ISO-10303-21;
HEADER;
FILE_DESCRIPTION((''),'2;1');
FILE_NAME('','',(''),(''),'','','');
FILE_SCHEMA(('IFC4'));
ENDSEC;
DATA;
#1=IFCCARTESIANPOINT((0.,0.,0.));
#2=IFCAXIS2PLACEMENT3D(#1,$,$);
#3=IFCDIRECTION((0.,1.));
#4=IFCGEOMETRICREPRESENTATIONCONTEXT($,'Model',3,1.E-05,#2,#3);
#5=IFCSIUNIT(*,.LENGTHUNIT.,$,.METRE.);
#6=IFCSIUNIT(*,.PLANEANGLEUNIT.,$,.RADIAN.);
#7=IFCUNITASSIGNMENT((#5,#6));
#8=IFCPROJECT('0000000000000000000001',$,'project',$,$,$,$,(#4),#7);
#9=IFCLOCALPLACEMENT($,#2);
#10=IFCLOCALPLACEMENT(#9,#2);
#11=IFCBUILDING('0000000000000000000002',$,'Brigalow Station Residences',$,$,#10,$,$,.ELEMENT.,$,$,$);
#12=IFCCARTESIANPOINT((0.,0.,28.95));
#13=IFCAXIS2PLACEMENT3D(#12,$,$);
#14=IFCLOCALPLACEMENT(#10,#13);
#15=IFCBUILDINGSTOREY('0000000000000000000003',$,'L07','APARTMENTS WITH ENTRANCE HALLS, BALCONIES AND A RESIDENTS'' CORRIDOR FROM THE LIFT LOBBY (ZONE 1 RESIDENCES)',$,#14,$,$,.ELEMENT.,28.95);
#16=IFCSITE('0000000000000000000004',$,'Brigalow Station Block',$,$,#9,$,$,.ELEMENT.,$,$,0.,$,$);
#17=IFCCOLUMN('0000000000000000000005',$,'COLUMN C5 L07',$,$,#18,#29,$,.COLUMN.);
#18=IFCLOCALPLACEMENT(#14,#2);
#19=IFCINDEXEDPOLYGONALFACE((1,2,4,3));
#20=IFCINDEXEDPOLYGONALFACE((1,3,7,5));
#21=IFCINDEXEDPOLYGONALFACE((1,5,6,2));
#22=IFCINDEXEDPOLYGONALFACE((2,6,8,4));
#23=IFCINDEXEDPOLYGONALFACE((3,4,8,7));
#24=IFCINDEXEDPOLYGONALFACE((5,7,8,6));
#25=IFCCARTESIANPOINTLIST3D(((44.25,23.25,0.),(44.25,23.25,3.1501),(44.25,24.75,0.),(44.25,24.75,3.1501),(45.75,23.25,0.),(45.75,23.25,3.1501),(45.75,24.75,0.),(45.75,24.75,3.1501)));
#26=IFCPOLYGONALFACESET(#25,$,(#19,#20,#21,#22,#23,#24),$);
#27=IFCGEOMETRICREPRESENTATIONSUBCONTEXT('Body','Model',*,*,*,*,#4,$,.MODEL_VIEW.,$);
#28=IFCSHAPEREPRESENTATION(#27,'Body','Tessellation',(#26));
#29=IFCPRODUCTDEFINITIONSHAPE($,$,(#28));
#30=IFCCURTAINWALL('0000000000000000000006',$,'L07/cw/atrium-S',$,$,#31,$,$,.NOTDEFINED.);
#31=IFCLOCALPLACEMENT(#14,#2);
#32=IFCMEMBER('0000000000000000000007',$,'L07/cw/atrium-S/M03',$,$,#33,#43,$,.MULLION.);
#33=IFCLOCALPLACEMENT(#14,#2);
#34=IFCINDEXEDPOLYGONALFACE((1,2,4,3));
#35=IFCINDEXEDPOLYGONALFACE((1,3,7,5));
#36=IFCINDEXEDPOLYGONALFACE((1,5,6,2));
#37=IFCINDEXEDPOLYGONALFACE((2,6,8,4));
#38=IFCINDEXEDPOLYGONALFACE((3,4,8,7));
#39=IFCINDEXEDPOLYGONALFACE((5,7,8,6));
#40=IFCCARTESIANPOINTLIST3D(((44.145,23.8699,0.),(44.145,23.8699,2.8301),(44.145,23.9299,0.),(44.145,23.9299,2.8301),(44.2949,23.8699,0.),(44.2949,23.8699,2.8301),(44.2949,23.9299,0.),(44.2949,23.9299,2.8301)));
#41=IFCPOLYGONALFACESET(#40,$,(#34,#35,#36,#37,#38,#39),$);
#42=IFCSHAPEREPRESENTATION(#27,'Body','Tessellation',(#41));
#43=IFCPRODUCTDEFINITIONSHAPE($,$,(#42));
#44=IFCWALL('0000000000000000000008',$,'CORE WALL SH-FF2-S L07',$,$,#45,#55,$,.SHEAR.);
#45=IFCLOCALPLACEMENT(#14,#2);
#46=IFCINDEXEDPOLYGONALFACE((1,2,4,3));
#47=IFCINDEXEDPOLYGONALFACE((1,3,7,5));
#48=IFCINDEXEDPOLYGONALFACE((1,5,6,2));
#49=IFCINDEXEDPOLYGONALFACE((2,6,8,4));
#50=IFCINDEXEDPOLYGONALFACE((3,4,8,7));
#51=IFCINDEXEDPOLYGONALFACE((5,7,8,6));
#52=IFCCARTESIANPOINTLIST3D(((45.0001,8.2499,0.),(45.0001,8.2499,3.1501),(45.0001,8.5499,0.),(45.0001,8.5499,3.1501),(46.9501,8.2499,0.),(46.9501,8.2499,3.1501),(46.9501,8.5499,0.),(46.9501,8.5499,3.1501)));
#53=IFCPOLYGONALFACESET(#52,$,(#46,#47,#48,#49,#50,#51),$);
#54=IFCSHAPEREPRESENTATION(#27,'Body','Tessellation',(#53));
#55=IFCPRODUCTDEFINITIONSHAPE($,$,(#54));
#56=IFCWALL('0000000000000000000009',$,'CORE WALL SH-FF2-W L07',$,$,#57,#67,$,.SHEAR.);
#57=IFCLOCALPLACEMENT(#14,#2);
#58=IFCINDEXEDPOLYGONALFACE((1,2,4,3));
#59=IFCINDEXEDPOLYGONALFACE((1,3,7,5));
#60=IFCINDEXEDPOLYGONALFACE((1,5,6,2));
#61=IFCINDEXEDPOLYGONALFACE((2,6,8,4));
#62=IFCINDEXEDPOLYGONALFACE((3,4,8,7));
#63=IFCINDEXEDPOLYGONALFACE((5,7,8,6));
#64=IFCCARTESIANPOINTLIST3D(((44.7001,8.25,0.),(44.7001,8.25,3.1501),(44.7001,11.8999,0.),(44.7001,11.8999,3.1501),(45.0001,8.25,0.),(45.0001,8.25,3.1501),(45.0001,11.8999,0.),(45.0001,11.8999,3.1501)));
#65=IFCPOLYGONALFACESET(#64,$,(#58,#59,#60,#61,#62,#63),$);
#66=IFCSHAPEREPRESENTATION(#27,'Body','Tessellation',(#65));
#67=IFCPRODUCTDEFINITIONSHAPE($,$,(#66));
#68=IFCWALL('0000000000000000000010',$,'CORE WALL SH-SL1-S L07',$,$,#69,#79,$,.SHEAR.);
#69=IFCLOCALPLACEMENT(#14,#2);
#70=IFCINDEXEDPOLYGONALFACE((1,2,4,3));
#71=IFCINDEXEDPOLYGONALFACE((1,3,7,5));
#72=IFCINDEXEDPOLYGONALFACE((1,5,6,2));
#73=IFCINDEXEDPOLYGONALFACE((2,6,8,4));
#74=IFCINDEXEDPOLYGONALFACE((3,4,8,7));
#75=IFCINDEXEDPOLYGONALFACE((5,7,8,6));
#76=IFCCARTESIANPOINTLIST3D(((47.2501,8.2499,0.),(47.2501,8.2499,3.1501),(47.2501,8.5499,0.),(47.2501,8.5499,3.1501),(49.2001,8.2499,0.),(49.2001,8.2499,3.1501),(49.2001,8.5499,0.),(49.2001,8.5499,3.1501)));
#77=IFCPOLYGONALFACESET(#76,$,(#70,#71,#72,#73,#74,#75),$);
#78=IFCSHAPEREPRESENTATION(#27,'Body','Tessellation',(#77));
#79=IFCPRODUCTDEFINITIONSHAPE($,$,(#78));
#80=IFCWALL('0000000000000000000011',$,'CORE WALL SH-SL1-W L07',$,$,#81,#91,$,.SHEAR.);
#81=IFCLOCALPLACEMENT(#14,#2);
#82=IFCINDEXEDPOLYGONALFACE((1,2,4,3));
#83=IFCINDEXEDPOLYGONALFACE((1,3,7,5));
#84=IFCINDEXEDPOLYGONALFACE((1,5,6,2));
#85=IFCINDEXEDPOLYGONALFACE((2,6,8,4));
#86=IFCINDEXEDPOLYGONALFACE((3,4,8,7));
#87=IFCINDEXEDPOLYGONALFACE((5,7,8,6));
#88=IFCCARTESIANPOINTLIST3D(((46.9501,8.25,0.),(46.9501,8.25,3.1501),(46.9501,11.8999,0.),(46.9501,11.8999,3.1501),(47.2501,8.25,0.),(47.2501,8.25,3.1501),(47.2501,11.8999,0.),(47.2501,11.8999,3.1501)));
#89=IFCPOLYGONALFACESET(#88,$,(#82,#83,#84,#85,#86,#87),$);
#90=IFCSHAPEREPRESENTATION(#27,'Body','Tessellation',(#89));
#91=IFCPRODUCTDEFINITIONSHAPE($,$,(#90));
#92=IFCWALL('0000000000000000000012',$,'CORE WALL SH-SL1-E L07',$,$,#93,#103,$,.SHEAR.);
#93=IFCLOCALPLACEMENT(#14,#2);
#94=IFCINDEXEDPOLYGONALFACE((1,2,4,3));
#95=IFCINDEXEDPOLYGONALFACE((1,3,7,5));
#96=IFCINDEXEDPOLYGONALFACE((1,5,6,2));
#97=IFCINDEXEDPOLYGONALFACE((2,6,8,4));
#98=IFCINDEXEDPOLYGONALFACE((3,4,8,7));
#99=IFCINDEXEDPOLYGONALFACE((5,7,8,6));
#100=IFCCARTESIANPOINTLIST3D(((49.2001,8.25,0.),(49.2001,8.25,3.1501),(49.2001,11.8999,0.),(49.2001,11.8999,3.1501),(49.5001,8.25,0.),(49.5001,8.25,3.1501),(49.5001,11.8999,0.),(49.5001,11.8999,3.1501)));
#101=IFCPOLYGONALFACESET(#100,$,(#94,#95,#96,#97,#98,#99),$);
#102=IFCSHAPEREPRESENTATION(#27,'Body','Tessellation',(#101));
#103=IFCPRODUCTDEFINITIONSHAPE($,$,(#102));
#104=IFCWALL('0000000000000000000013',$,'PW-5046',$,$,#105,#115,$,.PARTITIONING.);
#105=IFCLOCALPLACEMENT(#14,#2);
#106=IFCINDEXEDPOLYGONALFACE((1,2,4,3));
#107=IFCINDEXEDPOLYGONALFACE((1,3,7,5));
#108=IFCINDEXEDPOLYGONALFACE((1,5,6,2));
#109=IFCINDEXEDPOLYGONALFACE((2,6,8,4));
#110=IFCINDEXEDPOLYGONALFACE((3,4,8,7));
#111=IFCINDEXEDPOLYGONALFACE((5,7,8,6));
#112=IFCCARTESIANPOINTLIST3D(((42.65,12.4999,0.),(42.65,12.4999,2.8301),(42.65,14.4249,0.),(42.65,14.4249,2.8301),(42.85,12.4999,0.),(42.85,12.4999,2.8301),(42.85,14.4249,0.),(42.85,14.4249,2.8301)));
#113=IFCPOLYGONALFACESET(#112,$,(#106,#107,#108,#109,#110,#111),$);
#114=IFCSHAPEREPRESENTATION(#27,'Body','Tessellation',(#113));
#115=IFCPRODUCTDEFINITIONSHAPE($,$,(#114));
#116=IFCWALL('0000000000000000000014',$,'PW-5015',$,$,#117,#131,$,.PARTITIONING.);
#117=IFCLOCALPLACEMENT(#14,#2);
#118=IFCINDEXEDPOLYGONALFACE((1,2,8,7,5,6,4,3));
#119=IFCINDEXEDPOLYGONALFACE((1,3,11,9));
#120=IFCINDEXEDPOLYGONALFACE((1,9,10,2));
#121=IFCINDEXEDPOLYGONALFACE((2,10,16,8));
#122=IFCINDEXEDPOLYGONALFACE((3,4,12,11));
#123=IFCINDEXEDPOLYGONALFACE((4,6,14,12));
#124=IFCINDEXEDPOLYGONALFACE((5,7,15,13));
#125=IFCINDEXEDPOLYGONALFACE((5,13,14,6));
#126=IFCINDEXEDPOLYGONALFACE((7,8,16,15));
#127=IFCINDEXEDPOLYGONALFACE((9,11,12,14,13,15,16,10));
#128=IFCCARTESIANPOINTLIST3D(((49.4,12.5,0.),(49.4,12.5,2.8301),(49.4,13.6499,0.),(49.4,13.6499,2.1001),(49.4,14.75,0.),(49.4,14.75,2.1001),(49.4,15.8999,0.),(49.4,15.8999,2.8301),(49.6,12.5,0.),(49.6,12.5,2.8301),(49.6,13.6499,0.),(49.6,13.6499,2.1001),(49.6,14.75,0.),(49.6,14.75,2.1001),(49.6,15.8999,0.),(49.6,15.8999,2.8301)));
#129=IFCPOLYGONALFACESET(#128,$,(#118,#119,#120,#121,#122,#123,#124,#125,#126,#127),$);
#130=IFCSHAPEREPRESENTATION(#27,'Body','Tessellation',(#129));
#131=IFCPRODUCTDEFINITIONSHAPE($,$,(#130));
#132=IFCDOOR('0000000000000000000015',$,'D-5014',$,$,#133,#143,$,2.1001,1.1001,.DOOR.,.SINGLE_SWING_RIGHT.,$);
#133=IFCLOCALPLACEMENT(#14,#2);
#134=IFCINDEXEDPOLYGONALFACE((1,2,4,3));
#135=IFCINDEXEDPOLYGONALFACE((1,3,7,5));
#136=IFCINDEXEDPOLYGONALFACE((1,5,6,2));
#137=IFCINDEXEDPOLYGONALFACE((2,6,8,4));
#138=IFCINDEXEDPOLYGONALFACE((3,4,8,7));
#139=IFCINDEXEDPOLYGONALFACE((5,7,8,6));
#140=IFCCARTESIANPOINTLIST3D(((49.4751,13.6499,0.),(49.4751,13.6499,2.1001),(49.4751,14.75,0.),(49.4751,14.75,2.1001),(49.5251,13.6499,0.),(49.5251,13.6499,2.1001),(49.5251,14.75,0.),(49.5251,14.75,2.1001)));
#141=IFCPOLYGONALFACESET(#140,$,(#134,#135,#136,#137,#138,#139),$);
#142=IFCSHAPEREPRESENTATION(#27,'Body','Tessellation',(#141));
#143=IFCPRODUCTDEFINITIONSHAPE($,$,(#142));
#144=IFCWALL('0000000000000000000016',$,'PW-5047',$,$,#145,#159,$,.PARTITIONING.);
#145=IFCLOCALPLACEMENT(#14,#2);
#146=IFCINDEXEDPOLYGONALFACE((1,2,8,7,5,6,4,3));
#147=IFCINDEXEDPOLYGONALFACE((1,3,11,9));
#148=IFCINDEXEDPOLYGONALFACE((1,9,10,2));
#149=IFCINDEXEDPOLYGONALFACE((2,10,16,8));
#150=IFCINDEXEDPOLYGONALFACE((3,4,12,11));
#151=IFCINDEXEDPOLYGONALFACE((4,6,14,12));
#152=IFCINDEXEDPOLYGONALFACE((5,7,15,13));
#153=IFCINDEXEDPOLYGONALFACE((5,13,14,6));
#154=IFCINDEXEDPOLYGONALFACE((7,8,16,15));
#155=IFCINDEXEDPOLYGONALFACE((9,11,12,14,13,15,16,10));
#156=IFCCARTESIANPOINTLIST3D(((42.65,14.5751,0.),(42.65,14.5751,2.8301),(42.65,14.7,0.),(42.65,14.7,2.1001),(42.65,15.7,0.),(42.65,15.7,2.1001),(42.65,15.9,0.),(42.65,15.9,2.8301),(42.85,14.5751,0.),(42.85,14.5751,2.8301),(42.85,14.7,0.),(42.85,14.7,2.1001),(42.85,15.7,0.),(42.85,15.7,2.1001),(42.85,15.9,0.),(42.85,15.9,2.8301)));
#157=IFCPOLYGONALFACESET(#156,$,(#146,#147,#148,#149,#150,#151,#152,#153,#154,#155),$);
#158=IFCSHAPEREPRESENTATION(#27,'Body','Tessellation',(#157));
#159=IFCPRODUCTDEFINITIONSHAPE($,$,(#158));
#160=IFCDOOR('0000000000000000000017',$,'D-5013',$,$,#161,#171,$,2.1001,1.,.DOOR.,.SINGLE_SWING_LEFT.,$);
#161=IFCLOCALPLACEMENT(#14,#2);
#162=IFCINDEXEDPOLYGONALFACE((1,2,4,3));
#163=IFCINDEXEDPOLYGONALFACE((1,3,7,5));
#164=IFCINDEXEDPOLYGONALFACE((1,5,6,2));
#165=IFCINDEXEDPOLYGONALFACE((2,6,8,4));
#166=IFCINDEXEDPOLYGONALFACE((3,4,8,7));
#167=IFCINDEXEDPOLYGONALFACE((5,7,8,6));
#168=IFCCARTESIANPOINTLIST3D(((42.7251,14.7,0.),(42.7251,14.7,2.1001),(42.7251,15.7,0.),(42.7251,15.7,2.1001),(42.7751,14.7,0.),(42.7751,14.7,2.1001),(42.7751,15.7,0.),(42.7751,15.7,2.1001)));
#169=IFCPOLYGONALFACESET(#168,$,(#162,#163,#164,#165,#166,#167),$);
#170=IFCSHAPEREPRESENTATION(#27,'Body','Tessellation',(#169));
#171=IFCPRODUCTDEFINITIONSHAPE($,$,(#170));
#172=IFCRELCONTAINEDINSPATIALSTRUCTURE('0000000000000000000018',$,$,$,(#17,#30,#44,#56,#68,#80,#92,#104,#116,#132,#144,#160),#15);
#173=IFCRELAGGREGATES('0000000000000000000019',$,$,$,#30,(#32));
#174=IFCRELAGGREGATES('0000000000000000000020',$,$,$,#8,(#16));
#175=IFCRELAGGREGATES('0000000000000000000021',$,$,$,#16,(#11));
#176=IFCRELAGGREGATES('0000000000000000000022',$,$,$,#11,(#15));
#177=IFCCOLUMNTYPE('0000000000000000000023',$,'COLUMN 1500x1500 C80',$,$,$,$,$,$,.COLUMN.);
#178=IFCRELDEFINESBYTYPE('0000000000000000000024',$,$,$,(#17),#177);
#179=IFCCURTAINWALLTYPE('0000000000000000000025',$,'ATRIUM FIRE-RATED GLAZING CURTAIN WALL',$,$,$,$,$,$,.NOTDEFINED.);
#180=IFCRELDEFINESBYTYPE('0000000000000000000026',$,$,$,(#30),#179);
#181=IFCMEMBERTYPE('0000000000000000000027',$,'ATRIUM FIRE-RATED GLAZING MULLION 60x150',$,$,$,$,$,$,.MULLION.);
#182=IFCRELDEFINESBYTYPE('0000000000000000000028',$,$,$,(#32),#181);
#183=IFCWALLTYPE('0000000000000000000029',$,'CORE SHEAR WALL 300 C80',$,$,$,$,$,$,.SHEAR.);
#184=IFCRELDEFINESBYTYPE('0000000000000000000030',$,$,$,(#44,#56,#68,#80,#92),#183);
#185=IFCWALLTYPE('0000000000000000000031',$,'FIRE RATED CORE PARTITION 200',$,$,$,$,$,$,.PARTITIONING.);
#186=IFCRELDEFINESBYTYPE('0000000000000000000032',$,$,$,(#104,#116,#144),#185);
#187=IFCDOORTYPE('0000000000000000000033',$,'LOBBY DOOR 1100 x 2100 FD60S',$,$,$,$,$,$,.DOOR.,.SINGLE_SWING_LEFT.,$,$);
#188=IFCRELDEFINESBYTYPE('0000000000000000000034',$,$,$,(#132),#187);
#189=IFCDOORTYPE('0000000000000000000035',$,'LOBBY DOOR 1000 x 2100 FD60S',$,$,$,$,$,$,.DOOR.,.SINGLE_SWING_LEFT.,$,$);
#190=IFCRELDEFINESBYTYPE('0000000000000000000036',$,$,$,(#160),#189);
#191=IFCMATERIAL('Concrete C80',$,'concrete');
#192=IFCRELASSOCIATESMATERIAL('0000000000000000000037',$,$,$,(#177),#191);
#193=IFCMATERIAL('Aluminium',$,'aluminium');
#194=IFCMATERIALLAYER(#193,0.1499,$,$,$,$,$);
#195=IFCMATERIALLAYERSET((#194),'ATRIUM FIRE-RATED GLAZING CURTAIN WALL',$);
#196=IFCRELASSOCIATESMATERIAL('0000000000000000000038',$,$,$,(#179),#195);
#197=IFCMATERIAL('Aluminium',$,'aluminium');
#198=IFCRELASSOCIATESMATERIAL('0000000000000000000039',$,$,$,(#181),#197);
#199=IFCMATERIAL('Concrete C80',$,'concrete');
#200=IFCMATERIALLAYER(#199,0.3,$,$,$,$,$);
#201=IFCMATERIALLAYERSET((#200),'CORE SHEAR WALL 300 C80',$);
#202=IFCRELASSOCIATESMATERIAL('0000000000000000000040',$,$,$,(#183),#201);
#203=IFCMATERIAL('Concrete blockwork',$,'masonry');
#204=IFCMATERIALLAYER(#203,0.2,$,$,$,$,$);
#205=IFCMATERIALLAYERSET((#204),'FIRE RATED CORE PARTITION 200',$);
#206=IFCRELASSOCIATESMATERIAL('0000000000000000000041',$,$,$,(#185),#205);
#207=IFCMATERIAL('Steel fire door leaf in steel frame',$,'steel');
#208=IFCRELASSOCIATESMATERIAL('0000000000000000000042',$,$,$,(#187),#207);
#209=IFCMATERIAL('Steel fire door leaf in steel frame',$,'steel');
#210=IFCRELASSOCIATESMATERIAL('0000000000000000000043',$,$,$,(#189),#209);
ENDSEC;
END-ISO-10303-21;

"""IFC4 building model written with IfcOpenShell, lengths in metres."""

from ifc_helpers import new_model, si_unit, direction, frame, frame_2d, origin, origin_2d, place, context, subcontext, project, spatial, rectangle, extrude, material, layer, layer_set, material_profile, profile_set, type_object, element, fill, aggregate, save


model = new_model("IFC4")

# Units and contexts
model_context = context("Model", 3, precision=1e-05, world=origin(), true_north=direction((0.0, 1.0)))
body_context = subcontext(model_context, "Body", "Model", "MODEL_VIEW")
ifc_project = project(units=[si_unit("LENGTHUNIT", "METRE"), si_unit("PLANEANGLEUNIT", "RADIAN")], contexts=[model_context])

# Site, building, storey
site_placement = place(None, origin())
site = spatial("IfcSite", under=ifc_project, at=site_placement, Name="Brigalow Station Block", CompositionType="ELEMENT", RefElevation=0.0)
building_placement = place(site_placement, origin())
building = spatial("IfcBuilding", under=site, at=building_placement, Name="Brigalow Station Residences", CompositionType="ELEMENT")
storey_placement = place(building_placement, frame((0.0, 0.0, 28.95)))
storey = spatial("IfcBuildingStorey", under=building, at=storey_placement, Name="L07", Description="APARTMENTS WITH ENTRANCE HALLS, BALCONIES AND A RESIDENTS' CORRIDOR FROM THE LIFT LOBBY (ZONE 1 RESIDENCES)", CompositionType="ELEMENT", Elevation=28.95)

# Column
ifc_material_1 = material(Name="Concrete C80", Category="concrete")
ifc_material_profile_1 = material_profile(ifc_material_1, rectangle(XDim=1.5, YDim=1.5, at=origin_2d()), Name="RC1500x1500")
ifc_profile_set_1 = profile_set([ifc_material_profile_1], Name="Concrete C80")
column_type = type_object("IfcColumnType", Name="COLUMN 1500x1500 C80", PredefinedType="COLUMN", material=ifc_profile_set_1)
column_placement = place(storey_placement, frame((45.0, 24.0, 0.0), z_axis=(0.0, 0.0, 1.0), x_axis=(1.0, 0.0, 0.0)))
element("IfcColumn", 1, at=column_placement, inside=storey, type_object=column_type, Name="COLUMN C5 L07", PredefinedType="COLUMN", context=body_context, shape_type="SweptSolid", body=[
    extrude(rectangle(XDim=1.5, YDim=1.5, at=origin_2d()), origin(), (0.0, 0.0, 1.0), 3.1501),
])

# Curtain wall, member
ifc_material_2 = material(Name="Aluminium", Category="aluminium")
ifc_layer_1 = layer(ifc_material_2, 0.1499)
ifc_layer_set_1 = layer_set([ifc_layer_1], Name="ATRIUM FIRE-RATED GLAZING CURTAIN WALL")
curtain_wall_type = type_object("IfcCurtainWallType", Name="ATRIUM FIRE-RATED GLAZING CURTAIN WALL", PredefinedType="NOTDEFINED", material=ifc_layer_set_1)
curtain_wall_placement = place(storey_placement, origin())
curtain_wall = element("IfcCurtainWall", 2, at=curtain_wall_placement, inside=storey, type_object=curtain_wall_type, Name="L07/cw/atrium-S", PredefinedType="NOTDEFINED")
ifc_material_3 = material(Name="Aluminium", Category="aluminium")
ifc_material_profile_2 = material_profile(ifc_material_3, rectangle(XDim=0.0601, YDim=0.1499, at=origin_2d()), Name="ATRIUM FIRE-RATED GLAZING MULLION 60x150")
ifc_profile_set_2 = profile_set([ifc_material_profile_2], Name="Aluminium")
member_type = type_object("IfcMemberType", Name="ATRIUM FIRE-RATED GLAZING MULLION 60x150", PredefinedType="MULLION", material=ifc_profile_set_2)
member_placement = place(storey_placement, frame((44.22, 23.8999, 0.0), z_axis=(0.0, 0.0, 1.0), x_axis=(0.0, 1.0, 0.0)))
member = element("IfcMember", 3, at=member_placement, type_object=member_type, Name="L07/cw/atrium-S/M03", PredefinedType="MULLION", context=body_context, shape_type="SweptSolid", body=[
    extrude(rectangle(XDim=0.0601, YDim=0.1499, at=origin_2d()), origin(), (0.0, 0.0, 1.0), 2.8301),
])
aggregate(curtain_wall, [member])

# Walls
ifc_material_4 = material(Name="Concrete C80", Category="concrete")
ifc_layer_2 = layer(ifc_material_4, 0.3)
ifc_layer_set_2 = layer_set([ifc_layer_2], Name="CORE SHEAR WALL 300 C80")
wall_type_1 = type_object("IfcWallType", Name="CORE SHEAR WALL 300 C80", PredefinedType="SHEAR", material=ifc_layer_set_2)
wall_1_placement = place(storey_placement, frame((45.0, 8.3999, 0.0), z_axis=(0.0, 0.0, 1.0), x_axis=(1.0, 0.0, 0.0)))
element("IfcWall", 4, at=wall_1_placement, inside=storey, type_object=wall_type_1, Name="CORE WALL SH-FF2-S L07", PredefinedType="SHEAR", context=body_context, shape_type="SweptSolid", body=[
    extrude(rectangle(XDim=1.95, YDim=0.3, at=frame_2d((0.9751, 0.0))), origin(), (0.0, 0.0, 1.0), 3.1501),
])
wall_2_placement = place(storey_placement, frame((44.8501, 8.25, 0.0), z_axis=(0.0, 0.0, 1.0), x_axis=(0.0, 1.0, 0.0)))
element("IfcWall", 5, at=wall_2_placement, inside=storey, type_object=wall_type_1, Name="CORE WALL SH-FF2-W L07", PredefinedType="SHEAR", context=body_context, shape_type="SweptSolid", body=[
    extrude(rectangle(XDim=3.6499, YDim=0.3, at=frame_2d((1.825, 0.0))), origin(), (0.0, 0.0, 1.0), 3.1501),
])
wall_3_placement = place(storey_placement, frame((47.25, 8.3999, 0.0), z_axis=(0.0, 0.0, 1.0), x_axis=(1.0, 0.0, 0.0)))
element("IfcWall", 6, at=wall_3_placement, inside=storey, type_object=wall_type_1, Name="CORE WALL SH-SL1-S L07", PredefinedType="SHEAR", context=body_context, shape_type="SweptSolid", body=[
    extrude(rectangle(XDim=1.95, YDim=0.3, at=frame_2d((0.9751, 0.0))), origin(), (0.0, 0.0, 1.0), 3.1501),
])
for number, where, z_axis, x_axis, name in (
    (7, (47.1001, 8.25, 0.0), (0.0, 0.0, 1.0), (0.0, 1.0, 0.0), "CORE WALL SH-SL1-W L07"),
    (8, (49.3501, 8.25, 0.0), (0.0, 0.0, 1.0), (0.0, 1.0, 0.0), "CORE WALL SH-SL1-E L07"),
):
    element("IfcWall", number, at=place(storey_placement, frame(where, z_axis=z_axis, x_axis=x_axis)), inside=storey, type_object=wall_type_1, Name=name, PredefinedType="SHEAR", context=body_context, shape_type="SweptSolid", body=[
        extrude(rectangle(XDim=3.6499, YDim=0.3, at=frame_2d((1.825, 0.0))), origin(), (0.0, 0.0, 1.0), 3.1501),
    ])
ifc_material_5 = material(Name="Concrete blockwork", Category="masonry")
ifc_layer_3 = layer(ifc_material_5, 0.2)
ifc_layer_set_3 = layer_set([ifc_layer_3], Name="FIRE RATED CORE PARTITION 200")
wall_type_2 = type_object("IfcWallType", Name="FIRE RATED CORE PARTITION 200", PredefinedType="PARTITIONING", material=ifc_layer_set_3)
wall_4_placement = place(storey_placement, frame((42.75, 12.5, 0.0), z_axis=(0.0, 0.0, 1.0), x_axis=(0.0, 1.0, 0.0)))
element("IfcWall", 9, at=wall_4_placement, inside=storey, type_object=wall_type_2, Name="PW-5046", PredefinedType="PARTITIONING", context=body_context, shape_type="SweptSolid", body=[
    extrude(rectangle(XDim=1.925, YDim=0.2, at=frame_2d((0.9624, 0.0))), origin(), (0.0, 0.0, 1.0), 2.8301),
])

# Walls, openings, doors
wall_5_placement = place(storey_placement, frame((49.5, 12.5, 0.0), z_axis=(0.0, 0.0, 1.0), x_axis=(0.0, 1.0, 0.0)))
wall_5 = element("IfcWall", 10, at=wall_5_placement, inside=storey, type_object=wall_type_2, Name="PW-5015", PredefinedType="PARTITIONING", context=body_context, shape_type="SweptSolid", body=[
    extrude(rectangle(XDim=3.3999, YDim=0.2, at=frame_2d((1.7, 0.0))), origin(), (0.0, 0.0, 1.0), 2.8301),
])
opening_1_placement = place(wall_5_placement, frame((1.1499, 0.0, 0.0)))
opening_1 = element("IfcOpeningElement", 11, at=opening_1_placement, cuts=wall_5, PredefinedType="OPENING", context=body_context, shape_type="SweptSolid", body=[
    extrude(rectangle(XDim=1.1001, YDim=2.1001, at=frame_2d((0.55, 1.05))), frame((0.0, 0.1099, 0.0), z_axis=(0.0, -1.0, 0.0), x_axis=(1.0, 0.0, 0.0)), (0.0, 0.0, 1.0), 0.22),
])
ifc_material_6 = material(Name="Steel fire door leaf in steel frame", Category="steel")
door_type_1 = type_object("IfcDoorType", Name="LOBBY DOOR 1100 x 2100 FD60S", OperationType="SINGLE_SWING_LEFT", PredefinedType="DOOR", material=ifc_material_6)
door_1_placement = place(opening_1_placement, origin())
door_1 = element("IfcDoor", 12, at=door_1_placement, inside=storey, type_object=door_type_1, Name="D-5014", OperationType="SINGLE_SWING_RIGHT", OverallHeight=2.1001, OverallWidth=1.1001, PredefinedType="DOOR", context=body_context, shape_type="SweptSolid", body=[
    extrude(rectangle(XDim=1.1001, YDim=2.1001, at=frame_2d((0.55, 1.05))), frame((0.0, 0.0249, 0.0), z_axis=(0.0, -1.0, 0.0), x_axis=(1.0, 0.0, 0.0)), (0.0, 0.0, 1.0), 0.05),
])
fill(opening_1, door_1)
wall_6_placement = place(storey_placement, frame((42.75, 14.575, 0.0), z_axis=(0.0, 0.0, 1.0), x_axis=(0.0, 1.0, 0.0)))
wall_6 = element("IfcWall", 13, at=wall_6_placement, inside=storey, type_object=wall_type_2, Name="PW-5047", PredefinedType="PARTITIONING", context=body_context, shape_type="SweptSolid", body=[
    extrude(rectangle(XDim=1.325, YDim=0.2, at=frame_2d((0.6626, 0.0))), origin(), (0.0, 0.0, 1.0), 2.8301),
])
opening_2_placement = place(wall_6_placement, frame((0.125, 0.0, 0.0)))
opening_2 = element("IfcOpeningElement", 14, at=opening_2_placement, cuts=wall_6, PredefinedType="OPENING", context=body_context, shape_type="SweptSolid", body=[
    extrude(rectangle(XDim=1.0, YDim=2.1001, at=frame_2d((0.5, 1.05))), frame((0.0, 0.1099, 0.0), z_axis=(0.0, -1.0, 0.0), x_axis=(1.0, 0.0, 0.0)), (0.0, 0.0, 1.0), 0.22),
])
ifc_material_7 = material(Name="Steel fire door leaf in steel frame", Category="steel")
door_type_2 = type_object("IfcDoorType", Name="LOBBY DOOR 1000 x 2100 FD60S", OperationType="SINGLE_SWING_LEFT", PredefinedType="DOOR", material=ifc_material_7)
door_2_placement = place(opening_2_placement, origin())
door_2 = element("IfcDoor", 15, at=door_2_placement, inside=storey, type_object=door_type_2, Name="D-5013", OperationType="SINGLE_SWING_LEFT", OverallHeight=2.1001, OverallWidth=1.0, PredefinedType="DOOR", context=body_context, shape_type="SweptSolid", body=[
    extrude(rectangle(XDim=1.0, YDim=2.1001, at=frame_2d((0.5, 1.05))), frame((0.0, 0.0249, 0.0), z_axis=(0.0, -1.0, 0.0), x_axis=(1.0, 0.0, 0.0)), (0.0, 0.0, 1.0), 0.05),
])
fill(opening_2, door_2)

save(model, "model.ifc")
